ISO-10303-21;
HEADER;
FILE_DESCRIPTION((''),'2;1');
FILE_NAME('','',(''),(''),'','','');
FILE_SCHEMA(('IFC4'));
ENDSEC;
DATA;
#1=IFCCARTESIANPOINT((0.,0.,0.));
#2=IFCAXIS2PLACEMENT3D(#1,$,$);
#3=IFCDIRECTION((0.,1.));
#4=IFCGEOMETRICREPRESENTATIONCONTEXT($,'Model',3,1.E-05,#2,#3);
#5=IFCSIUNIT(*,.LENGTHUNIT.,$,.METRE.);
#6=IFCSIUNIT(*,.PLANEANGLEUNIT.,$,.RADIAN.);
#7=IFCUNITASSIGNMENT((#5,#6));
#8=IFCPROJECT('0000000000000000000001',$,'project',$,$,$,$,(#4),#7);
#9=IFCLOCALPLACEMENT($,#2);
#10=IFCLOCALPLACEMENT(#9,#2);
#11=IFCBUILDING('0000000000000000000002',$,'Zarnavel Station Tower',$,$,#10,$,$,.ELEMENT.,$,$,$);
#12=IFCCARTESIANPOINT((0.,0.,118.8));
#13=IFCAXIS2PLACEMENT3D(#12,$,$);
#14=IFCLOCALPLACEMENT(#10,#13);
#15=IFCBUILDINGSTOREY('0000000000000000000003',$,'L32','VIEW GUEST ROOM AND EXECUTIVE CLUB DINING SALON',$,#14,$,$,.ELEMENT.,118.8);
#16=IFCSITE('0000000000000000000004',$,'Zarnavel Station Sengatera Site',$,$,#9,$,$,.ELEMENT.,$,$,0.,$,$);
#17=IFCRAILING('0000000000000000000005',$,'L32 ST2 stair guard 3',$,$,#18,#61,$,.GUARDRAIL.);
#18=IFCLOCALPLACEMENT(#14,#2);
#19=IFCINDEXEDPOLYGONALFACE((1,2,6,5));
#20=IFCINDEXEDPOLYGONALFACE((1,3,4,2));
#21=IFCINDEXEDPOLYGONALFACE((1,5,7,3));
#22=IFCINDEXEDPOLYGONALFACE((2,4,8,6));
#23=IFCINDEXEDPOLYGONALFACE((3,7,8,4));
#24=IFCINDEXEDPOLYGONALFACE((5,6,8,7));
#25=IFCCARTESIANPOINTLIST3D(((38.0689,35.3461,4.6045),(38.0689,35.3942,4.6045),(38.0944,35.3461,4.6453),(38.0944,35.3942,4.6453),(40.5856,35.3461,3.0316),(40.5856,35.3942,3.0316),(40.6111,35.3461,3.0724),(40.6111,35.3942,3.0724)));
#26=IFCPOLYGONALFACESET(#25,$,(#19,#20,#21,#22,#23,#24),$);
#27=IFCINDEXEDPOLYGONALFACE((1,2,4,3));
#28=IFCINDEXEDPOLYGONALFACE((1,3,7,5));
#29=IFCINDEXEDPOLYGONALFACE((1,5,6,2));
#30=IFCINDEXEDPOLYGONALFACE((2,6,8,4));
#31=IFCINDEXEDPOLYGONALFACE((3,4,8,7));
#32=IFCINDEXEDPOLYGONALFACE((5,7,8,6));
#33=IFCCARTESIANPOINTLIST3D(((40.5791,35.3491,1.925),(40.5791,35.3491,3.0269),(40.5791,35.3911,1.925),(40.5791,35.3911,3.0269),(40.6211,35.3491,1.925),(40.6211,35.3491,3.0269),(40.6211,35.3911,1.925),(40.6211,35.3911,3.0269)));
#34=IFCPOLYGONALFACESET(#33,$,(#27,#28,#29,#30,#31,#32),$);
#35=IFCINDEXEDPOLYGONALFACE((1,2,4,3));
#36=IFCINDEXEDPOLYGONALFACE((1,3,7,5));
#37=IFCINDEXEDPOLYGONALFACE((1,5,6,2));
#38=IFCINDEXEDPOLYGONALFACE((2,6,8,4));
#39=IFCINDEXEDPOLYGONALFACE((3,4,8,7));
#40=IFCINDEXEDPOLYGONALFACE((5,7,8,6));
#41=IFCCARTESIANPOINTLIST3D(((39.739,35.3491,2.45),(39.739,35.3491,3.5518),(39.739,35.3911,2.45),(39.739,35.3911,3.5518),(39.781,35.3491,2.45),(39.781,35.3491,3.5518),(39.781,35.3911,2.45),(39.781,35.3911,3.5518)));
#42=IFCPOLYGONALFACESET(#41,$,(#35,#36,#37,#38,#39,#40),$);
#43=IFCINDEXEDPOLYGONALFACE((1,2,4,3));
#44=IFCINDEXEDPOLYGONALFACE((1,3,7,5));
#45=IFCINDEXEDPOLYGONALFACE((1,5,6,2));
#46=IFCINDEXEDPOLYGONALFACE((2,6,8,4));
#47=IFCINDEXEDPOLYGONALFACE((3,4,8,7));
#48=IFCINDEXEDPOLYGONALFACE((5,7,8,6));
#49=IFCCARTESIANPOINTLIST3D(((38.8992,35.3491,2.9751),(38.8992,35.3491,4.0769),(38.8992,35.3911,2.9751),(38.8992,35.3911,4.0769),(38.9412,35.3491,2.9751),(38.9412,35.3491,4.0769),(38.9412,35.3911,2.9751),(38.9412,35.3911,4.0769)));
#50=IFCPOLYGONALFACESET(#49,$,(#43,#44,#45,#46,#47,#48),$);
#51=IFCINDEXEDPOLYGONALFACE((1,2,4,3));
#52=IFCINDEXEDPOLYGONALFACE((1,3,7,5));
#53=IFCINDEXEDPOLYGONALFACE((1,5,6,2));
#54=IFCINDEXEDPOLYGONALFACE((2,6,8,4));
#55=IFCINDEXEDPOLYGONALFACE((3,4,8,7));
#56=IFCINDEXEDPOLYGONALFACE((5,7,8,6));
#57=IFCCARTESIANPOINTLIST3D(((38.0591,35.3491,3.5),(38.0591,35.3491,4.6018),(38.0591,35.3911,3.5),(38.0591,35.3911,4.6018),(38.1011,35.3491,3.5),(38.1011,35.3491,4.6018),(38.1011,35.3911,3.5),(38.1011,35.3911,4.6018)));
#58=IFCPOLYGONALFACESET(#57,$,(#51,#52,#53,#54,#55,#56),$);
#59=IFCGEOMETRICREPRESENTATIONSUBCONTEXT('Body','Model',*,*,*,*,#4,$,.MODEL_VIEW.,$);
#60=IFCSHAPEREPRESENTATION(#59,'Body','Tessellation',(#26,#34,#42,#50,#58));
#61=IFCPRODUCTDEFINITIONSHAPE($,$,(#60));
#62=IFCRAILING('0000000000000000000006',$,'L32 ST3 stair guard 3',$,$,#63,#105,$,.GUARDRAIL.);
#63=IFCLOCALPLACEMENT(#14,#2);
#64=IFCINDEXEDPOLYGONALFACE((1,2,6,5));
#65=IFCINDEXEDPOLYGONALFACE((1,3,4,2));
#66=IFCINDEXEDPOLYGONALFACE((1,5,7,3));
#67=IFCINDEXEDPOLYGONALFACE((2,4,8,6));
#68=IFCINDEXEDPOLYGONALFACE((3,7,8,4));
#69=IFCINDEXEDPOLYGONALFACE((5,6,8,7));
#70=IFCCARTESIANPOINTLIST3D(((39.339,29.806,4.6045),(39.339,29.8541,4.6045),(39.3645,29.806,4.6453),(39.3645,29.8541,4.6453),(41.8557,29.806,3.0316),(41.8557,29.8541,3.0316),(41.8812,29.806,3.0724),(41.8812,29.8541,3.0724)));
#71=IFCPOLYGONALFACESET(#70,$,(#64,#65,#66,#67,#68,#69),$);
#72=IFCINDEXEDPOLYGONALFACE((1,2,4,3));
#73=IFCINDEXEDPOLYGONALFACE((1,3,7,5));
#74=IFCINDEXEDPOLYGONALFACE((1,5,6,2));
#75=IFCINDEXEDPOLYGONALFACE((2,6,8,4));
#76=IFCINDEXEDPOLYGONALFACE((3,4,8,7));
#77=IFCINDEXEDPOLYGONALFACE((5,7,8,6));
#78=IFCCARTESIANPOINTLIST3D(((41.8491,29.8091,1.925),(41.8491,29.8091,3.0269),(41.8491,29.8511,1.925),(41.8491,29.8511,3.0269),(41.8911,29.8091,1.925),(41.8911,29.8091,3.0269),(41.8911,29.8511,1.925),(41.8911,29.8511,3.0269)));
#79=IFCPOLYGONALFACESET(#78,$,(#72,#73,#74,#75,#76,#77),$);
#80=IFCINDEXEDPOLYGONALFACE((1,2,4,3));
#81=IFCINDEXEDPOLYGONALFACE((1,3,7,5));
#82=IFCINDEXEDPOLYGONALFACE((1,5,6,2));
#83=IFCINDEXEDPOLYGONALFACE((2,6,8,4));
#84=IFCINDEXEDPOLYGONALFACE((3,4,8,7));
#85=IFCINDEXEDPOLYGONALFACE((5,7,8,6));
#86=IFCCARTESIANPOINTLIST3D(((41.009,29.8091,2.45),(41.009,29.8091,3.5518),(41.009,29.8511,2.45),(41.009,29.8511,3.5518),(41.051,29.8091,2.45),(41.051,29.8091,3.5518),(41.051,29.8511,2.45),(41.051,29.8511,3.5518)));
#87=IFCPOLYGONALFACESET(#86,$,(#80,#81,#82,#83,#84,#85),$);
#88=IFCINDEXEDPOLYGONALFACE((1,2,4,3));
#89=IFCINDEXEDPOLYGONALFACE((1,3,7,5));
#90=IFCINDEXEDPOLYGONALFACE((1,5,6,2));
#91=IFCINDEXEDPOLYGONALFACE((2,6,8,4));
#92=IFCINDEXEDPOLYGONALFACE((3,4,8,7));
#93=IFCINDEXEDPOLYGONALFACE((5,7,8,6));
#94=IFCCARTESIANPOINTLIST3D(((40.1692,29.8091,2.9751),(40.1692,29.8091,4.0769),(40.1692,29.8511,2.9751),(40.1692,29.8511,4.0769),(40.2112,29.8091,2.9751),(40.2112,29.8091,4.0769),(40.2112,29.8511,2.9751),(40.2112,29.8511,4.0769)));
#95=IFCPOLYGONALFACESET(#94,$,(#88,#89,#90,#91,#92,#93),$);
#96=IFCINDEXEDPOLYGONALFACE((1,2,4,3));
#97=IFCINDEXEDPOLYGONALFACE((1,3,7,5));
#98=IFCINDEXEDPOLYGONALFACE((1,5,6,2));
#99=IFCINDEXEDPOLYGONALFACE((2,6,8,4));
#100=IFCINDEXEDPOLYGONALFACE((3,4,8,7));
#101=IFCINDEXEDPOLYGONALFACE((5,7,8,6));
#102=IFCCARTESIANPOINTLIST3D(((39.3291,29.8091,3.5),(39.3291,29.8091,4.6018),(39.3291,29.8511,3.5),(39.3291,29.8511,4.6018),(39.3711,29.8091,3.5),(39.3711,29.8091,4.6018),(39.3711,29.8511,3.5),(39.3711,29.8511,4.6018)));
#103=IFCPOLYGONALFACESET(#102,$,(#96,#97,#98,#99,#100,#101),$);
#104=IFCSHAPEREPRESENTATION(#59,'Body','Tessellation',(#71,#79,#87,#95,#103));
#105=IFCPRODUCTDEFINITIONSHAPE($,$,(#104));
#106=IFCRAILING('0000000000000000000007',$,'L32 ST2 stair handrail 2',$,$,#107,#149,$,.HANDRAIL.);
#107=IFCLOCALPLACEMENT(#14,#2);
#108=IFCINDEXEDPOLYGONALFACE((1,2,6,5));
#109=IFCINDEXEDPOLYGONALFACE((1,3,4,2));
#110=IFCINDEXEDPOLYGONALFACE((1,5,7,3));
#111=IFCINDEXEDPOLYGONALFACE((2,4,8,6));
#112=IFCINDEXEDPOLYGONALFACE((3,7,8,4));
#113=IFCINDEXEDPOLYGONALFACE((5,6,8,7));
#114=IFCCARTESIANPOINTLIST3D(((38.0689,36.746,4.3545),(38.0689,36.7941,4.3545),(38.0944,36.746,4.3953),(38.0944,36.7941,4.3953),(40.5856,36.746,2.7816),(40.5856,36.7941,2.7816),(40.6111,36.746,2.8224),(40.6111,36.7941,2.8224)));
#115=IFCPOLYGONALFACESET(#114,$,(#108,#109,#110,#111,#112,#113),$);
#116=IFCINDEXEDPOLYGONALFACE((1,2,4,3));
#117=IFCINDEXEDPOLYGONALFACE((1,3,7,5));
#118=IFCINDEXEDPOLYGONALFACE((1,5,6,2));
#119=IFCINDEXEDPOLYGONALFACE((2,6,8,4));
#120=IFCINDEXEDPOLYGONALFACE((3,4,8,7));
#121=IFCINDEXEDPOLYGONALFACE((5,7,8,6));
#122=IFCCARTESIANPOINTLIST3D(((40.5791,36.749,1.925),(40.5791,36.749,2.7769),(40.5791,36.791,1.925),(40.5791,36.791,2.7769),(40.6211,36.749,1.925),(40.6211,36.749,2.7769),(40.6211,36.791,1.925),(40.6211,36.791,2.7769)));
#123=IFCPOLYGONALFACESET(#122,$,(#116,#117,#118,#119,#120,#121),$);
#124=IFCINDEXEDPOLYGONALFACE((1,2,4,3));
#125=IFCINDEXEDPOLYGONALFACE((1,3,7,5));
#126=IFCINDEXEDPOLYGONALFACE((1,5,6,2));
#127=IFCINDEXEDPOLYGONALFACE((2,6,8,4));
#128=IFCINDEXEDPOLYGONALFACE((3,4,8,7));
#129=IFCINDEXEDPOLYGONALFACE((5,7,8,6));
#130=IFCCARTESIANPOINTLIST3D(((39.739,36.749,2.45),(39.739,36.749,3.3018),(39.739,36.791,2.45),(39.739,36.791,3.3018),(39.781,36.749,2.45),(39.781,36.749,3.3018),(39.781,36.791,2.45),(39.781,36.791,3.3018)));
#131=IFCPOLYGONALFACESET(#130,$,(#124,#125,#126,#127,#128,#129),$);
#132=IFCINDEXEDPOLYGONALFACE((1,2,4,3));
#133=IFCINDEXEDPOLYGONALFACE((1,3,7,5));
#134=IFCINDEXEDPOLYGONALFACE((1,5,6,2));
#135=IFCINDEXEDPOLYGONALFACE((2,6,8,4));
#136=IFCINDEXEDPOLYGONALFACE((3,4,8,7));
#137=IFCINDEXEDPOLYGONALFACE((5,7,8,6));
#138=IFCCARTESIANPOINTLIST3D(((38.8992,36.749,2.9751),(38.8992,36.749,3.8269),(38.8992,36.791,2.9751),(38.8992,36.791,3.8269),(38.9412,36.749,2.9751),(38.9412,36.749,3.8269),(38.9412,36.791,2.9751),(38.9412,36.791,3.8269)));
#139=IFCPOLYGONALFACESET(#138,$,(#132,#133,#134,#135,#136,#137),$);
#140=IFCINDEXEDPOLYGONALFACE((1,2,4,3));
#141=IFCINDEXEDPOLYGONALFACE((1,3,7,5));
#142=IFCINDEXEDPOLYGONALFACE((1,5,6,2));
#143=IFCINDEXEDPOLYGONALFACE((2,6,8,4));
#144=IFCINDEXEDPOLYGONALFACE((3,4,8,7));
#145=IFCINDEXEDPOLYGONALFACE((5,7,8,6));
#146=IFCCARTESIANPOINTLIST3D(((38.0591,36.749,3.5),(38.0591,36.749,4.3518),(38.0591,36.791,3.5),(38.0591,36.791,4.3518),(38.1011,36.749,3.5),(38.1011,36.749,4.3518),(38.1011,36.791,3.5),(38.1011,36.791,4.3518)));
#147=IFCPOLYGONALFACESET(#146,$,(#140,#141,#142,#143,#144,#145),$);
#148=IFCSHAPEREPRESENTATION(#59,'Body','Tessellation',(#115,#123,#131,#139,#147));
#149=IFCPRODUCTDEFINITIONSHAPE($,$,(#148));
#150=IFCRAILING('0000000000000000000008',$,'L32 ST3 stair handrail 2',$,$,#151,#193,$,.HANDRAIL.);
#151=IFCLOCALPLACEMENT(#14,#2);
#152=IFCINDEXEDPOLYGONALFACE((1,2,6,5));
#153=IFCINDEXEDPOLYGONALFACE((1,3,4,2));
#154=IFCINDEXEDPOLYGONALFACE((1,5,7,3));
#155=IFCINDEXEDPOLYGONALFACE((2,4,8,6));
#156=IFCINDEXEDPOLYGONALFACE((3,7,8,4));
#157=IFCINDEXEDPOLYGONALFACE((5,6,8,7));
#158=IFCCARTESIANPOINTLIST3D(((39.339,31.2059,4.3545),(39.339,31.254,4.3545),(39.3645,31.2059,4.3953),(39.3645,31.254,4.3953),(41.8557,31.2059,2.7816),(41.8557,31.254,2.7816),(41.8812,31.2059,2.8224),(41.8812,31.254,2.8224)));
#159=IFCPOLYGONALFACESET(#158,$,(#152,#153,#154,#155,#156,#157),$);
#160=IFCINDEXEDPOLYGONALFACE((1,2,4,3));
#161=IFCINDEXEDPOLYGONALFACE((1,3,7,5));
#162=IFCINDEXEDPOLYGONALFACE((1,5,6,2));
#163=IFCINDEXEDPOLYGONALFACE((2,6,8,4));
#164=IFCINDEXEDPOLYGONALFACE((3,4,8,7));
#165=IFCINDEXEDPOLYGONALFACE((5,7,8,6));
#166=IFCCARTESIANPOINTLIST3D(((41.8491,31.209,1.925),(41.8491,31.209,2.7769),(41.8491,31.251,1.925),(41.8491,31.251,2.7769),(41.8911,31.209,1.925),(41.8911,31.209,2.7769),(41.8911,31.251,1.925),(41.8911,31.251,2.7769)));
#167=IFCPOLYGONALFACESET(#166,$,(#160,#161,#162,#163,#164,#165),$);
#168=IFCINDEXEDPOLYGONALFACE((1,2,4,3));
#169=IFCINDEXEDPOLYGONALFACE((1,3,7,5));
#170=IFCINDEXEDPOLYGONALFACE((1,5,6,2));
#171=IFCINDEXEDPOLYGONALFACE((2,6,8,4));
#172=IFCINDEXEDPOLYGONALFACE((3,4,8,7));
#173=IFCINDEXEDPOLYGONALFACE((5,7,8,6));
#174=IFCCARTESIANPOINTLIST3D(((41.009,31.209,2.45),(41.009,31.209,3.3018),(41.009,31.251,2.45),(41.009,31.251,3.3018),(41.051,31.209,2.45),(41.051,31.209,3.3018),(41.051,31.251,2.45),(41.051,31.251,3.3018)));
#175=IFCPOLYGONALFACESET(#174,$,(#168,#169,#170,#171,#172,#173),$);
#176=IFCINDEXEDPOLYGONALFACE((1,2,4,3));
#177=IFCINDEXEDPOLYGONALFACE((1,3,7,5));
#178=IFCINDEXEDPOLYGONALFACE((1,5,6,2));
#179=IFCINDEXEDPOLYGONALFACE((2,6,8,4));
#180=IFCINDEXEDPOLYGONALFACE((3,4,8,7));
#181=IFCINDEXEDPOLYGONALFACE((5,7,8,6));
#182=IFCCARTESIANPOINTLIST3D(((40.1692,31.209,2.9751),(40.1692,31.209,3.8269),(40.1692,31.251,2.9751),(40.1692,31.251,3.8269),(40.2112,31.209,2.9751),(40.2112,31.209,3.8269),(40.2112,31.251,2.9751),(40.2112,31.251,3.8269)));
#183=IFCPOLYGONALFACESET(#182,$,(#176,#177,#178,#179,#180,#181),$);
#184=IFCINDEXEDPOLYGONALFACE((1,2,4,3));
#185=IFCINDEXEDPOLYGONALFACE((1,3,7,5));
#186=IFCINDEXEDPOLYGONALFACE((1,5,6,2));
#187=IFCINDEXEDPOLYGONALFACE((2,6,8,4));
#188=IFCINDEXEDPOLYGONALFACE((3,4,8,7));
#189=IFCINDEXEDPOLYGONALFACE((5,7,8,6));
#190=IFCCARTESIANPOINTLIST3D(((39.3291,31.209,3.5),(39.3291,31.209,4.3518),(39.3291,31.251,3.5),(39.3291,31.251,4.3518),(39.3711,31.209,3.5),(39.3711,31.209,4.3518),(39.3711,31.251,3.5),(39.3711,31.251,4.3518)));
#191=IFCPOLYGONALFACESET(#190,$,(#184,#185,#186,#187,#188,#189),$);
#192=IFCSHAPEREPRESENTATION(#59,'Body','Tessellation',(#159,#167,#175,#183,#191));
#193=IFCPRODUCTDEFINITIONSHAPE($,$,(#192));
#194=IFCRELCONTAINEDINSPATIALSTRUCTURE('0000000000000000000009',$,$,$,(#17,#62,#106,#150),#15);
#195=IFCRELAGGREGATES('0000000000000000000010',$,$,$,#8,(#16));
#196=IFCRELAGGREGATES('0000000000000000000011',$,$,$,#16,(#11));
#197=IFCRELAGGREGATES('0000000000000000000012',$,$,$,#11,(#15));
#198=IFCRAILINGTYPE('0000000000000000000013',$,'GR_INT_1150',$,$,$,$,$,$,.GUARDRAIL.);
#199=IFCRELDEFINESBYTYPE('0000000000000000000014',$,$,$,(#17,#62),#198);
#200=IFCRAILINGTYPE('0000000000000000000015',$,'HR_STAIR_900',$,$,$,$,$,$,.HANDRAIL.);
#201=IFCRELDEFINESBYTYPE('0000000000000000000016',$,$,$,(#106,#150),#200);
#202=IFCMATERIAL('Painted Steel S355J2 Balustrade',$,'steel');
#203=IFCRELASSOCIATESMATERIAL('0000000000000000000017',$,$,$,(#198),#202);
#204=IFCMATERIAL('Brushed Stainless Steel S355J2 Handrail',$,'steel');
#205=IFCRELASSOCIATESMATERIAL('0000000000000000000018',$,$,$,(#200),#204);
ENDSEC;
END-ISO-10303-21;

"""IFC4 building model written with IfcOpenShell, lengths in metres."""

from ifc_helpers import new_model, si_unit, direction, frame, origin, origin_2d, place, context, subcontext, project, spatial, rectangle, extrude, material, type_object, element, save


model = new_model("IFC4")

# Units and contexts
model_context = context("Model", 3, precision=1e-05, world=origin(), true_north=direction((0.0, 1.0)))
body_context = subcontext(model_context, "Body", "Model", "MODEL_VIEW")
ifc_project = project(units=[si_unit("LENGTHUNIT", "METRE"), si_unit("PLANEANGLEUNIT", "RADIAN")], contexts=[model_context])

# Site, building, storey
site_placement = place(None, origin())
site = spatial("IfcSite", under=ifc_project, at=site_placement, Name="Zarnavel Station Sengatera Site", CompositionType="ELEMENT", RefElevation=0.0)
building_placement = place(site_placement, origin())
building = spatial("IfcBuilding", under=site, at=building_placement, Name="Zarnavel Station Tower", CompositionType="ELEMENT")
storey_placement = place(building_placement, frame((0.0, 0.0, 118.8)))
storey = spatial("IfcBuildingStorey", under=building, at=storey_placement, Name="L32", Description="VIEW GUEST ROOM AND EXECUTIVE CLUB DINING SALON", CompositionType="ELEMENT", Elevation=118.8)

# Railings
ifc_material_1 = material(Name="Painted Steel S355J2 Balustrade", Category="steel")
railing_type_1 = type_object("IfcRailingType", Name="GR_INT_1150", PredefinedType="GUARDRAIL", material=ifc_material_1)
for number, where, name in (
    (1, (40.6001, 35.3701, 1.925), "L32 ST2 stair guard 3"),
    (2, (41.8701, 29.8301, 1.925), "L32 ST3 stair guard 3"),
):
    element("IfcRailing", number, at=place(storey_placement, frame(where)), inside=storey, type_object=railing_type_1, Name=name, PredefinedType="GUARDRAIL", context=body_context, shape_type="SweptSolid", body=[
        extrude(rectangle(XDim=0.0481, YDim=0.0481, at=origin_2d()), frame((-0.0017, 0.0, 1.127), z_axis=(-0.848008, 0.0, 0.529984), x_axis=(0.0, -1.0, 0.0)), (0.0, 0.0, 1.0), 2.9678),
        extrude(rectangle(XDim=0.042, YDim=0.042, at=origin_2d()), origin(), (0.0, 0.0, 1.0), 1.1018),
        extrude(rectangle(XDim=0.042, YDim=0.042, at=origin_2d()), frame((-0.8401, 0.0, 0.5249)), (0.0, 0.0, 1.0), 1.1018),
        extrude(rectangle(XDim=0.042, YDim=0.042, at=origin_2d()), frame((-1.6799, 0.0, 1.05)), (0.0, 0.0, 1.0), 1.1018),
        extrude(rectangle(XDim=0.042, YDim=0.042, at=origin_2d()), frame((-2.52, 0.0, 1.575)), (0.0, 0.0, 1.0), 1.1018),
    ])
ifc_material_2 = material(Name="Brushed Stainless Steel S355J2 Handrail", Category="steel")
railing_type_2 = type_object("IfcRailingType", Name="HR_STAIR_900", PredefinedType="HANDRAIL", material=ifc_material_2)
for number, where, name in (
    (3, (40.6001, 36.77, 1.925), "L32 ST2 stair handrail 2"),
    (4, (41.8701, 31.23, 1.925), "L32 ST3 stair handrail 2"),
):
    element("IfcRailing", number, at=place(storey_placement, frame(where)), inside=storey, type_object=railing_type_2, Name=name, PredefinedType="HANDRAIL", context=body_context, shape_type="SweptSolid", body=[
        extrude(rectangle(XDim=0.0481, YDim=0.0481, at=origin_2d()), frame((-0.0017, 0.0, 0.877), z_axis=(-0.848008, 0.0, 0.529984), x_axis=(0.0, -1.0, 0.0)), (0.0, 0.0, 1.0), 2.9678),
        extrude(rectangle(XDim=0.042, YDim=0.042, at=origin_2d()), origin(), (0.0, 0.0, 1.0), 0.8518),
        extrude(rectangle(XDim=0.042, YDim=0.042, at=origin_2d()), frame((-0.8401, 0.0, 0.5249)), (0.0, 0.0, 1.0), 0.8518),
        extrude(rectangle(XDim=0.042, YDim=0.042, at=origin_2d()), frame((-1.6799, 0.0, 1.05)), (0.0, 0.0, 1.0), 0.8518),
        extrude(rectangle(XDim=0.042, YDim=0.042, at=origin_2d()), frame((-2.52, 0.0, 1.575)), (0.0, 0.0, 1.0), 0.8518),
    ])

save(model, "model.ifc")
